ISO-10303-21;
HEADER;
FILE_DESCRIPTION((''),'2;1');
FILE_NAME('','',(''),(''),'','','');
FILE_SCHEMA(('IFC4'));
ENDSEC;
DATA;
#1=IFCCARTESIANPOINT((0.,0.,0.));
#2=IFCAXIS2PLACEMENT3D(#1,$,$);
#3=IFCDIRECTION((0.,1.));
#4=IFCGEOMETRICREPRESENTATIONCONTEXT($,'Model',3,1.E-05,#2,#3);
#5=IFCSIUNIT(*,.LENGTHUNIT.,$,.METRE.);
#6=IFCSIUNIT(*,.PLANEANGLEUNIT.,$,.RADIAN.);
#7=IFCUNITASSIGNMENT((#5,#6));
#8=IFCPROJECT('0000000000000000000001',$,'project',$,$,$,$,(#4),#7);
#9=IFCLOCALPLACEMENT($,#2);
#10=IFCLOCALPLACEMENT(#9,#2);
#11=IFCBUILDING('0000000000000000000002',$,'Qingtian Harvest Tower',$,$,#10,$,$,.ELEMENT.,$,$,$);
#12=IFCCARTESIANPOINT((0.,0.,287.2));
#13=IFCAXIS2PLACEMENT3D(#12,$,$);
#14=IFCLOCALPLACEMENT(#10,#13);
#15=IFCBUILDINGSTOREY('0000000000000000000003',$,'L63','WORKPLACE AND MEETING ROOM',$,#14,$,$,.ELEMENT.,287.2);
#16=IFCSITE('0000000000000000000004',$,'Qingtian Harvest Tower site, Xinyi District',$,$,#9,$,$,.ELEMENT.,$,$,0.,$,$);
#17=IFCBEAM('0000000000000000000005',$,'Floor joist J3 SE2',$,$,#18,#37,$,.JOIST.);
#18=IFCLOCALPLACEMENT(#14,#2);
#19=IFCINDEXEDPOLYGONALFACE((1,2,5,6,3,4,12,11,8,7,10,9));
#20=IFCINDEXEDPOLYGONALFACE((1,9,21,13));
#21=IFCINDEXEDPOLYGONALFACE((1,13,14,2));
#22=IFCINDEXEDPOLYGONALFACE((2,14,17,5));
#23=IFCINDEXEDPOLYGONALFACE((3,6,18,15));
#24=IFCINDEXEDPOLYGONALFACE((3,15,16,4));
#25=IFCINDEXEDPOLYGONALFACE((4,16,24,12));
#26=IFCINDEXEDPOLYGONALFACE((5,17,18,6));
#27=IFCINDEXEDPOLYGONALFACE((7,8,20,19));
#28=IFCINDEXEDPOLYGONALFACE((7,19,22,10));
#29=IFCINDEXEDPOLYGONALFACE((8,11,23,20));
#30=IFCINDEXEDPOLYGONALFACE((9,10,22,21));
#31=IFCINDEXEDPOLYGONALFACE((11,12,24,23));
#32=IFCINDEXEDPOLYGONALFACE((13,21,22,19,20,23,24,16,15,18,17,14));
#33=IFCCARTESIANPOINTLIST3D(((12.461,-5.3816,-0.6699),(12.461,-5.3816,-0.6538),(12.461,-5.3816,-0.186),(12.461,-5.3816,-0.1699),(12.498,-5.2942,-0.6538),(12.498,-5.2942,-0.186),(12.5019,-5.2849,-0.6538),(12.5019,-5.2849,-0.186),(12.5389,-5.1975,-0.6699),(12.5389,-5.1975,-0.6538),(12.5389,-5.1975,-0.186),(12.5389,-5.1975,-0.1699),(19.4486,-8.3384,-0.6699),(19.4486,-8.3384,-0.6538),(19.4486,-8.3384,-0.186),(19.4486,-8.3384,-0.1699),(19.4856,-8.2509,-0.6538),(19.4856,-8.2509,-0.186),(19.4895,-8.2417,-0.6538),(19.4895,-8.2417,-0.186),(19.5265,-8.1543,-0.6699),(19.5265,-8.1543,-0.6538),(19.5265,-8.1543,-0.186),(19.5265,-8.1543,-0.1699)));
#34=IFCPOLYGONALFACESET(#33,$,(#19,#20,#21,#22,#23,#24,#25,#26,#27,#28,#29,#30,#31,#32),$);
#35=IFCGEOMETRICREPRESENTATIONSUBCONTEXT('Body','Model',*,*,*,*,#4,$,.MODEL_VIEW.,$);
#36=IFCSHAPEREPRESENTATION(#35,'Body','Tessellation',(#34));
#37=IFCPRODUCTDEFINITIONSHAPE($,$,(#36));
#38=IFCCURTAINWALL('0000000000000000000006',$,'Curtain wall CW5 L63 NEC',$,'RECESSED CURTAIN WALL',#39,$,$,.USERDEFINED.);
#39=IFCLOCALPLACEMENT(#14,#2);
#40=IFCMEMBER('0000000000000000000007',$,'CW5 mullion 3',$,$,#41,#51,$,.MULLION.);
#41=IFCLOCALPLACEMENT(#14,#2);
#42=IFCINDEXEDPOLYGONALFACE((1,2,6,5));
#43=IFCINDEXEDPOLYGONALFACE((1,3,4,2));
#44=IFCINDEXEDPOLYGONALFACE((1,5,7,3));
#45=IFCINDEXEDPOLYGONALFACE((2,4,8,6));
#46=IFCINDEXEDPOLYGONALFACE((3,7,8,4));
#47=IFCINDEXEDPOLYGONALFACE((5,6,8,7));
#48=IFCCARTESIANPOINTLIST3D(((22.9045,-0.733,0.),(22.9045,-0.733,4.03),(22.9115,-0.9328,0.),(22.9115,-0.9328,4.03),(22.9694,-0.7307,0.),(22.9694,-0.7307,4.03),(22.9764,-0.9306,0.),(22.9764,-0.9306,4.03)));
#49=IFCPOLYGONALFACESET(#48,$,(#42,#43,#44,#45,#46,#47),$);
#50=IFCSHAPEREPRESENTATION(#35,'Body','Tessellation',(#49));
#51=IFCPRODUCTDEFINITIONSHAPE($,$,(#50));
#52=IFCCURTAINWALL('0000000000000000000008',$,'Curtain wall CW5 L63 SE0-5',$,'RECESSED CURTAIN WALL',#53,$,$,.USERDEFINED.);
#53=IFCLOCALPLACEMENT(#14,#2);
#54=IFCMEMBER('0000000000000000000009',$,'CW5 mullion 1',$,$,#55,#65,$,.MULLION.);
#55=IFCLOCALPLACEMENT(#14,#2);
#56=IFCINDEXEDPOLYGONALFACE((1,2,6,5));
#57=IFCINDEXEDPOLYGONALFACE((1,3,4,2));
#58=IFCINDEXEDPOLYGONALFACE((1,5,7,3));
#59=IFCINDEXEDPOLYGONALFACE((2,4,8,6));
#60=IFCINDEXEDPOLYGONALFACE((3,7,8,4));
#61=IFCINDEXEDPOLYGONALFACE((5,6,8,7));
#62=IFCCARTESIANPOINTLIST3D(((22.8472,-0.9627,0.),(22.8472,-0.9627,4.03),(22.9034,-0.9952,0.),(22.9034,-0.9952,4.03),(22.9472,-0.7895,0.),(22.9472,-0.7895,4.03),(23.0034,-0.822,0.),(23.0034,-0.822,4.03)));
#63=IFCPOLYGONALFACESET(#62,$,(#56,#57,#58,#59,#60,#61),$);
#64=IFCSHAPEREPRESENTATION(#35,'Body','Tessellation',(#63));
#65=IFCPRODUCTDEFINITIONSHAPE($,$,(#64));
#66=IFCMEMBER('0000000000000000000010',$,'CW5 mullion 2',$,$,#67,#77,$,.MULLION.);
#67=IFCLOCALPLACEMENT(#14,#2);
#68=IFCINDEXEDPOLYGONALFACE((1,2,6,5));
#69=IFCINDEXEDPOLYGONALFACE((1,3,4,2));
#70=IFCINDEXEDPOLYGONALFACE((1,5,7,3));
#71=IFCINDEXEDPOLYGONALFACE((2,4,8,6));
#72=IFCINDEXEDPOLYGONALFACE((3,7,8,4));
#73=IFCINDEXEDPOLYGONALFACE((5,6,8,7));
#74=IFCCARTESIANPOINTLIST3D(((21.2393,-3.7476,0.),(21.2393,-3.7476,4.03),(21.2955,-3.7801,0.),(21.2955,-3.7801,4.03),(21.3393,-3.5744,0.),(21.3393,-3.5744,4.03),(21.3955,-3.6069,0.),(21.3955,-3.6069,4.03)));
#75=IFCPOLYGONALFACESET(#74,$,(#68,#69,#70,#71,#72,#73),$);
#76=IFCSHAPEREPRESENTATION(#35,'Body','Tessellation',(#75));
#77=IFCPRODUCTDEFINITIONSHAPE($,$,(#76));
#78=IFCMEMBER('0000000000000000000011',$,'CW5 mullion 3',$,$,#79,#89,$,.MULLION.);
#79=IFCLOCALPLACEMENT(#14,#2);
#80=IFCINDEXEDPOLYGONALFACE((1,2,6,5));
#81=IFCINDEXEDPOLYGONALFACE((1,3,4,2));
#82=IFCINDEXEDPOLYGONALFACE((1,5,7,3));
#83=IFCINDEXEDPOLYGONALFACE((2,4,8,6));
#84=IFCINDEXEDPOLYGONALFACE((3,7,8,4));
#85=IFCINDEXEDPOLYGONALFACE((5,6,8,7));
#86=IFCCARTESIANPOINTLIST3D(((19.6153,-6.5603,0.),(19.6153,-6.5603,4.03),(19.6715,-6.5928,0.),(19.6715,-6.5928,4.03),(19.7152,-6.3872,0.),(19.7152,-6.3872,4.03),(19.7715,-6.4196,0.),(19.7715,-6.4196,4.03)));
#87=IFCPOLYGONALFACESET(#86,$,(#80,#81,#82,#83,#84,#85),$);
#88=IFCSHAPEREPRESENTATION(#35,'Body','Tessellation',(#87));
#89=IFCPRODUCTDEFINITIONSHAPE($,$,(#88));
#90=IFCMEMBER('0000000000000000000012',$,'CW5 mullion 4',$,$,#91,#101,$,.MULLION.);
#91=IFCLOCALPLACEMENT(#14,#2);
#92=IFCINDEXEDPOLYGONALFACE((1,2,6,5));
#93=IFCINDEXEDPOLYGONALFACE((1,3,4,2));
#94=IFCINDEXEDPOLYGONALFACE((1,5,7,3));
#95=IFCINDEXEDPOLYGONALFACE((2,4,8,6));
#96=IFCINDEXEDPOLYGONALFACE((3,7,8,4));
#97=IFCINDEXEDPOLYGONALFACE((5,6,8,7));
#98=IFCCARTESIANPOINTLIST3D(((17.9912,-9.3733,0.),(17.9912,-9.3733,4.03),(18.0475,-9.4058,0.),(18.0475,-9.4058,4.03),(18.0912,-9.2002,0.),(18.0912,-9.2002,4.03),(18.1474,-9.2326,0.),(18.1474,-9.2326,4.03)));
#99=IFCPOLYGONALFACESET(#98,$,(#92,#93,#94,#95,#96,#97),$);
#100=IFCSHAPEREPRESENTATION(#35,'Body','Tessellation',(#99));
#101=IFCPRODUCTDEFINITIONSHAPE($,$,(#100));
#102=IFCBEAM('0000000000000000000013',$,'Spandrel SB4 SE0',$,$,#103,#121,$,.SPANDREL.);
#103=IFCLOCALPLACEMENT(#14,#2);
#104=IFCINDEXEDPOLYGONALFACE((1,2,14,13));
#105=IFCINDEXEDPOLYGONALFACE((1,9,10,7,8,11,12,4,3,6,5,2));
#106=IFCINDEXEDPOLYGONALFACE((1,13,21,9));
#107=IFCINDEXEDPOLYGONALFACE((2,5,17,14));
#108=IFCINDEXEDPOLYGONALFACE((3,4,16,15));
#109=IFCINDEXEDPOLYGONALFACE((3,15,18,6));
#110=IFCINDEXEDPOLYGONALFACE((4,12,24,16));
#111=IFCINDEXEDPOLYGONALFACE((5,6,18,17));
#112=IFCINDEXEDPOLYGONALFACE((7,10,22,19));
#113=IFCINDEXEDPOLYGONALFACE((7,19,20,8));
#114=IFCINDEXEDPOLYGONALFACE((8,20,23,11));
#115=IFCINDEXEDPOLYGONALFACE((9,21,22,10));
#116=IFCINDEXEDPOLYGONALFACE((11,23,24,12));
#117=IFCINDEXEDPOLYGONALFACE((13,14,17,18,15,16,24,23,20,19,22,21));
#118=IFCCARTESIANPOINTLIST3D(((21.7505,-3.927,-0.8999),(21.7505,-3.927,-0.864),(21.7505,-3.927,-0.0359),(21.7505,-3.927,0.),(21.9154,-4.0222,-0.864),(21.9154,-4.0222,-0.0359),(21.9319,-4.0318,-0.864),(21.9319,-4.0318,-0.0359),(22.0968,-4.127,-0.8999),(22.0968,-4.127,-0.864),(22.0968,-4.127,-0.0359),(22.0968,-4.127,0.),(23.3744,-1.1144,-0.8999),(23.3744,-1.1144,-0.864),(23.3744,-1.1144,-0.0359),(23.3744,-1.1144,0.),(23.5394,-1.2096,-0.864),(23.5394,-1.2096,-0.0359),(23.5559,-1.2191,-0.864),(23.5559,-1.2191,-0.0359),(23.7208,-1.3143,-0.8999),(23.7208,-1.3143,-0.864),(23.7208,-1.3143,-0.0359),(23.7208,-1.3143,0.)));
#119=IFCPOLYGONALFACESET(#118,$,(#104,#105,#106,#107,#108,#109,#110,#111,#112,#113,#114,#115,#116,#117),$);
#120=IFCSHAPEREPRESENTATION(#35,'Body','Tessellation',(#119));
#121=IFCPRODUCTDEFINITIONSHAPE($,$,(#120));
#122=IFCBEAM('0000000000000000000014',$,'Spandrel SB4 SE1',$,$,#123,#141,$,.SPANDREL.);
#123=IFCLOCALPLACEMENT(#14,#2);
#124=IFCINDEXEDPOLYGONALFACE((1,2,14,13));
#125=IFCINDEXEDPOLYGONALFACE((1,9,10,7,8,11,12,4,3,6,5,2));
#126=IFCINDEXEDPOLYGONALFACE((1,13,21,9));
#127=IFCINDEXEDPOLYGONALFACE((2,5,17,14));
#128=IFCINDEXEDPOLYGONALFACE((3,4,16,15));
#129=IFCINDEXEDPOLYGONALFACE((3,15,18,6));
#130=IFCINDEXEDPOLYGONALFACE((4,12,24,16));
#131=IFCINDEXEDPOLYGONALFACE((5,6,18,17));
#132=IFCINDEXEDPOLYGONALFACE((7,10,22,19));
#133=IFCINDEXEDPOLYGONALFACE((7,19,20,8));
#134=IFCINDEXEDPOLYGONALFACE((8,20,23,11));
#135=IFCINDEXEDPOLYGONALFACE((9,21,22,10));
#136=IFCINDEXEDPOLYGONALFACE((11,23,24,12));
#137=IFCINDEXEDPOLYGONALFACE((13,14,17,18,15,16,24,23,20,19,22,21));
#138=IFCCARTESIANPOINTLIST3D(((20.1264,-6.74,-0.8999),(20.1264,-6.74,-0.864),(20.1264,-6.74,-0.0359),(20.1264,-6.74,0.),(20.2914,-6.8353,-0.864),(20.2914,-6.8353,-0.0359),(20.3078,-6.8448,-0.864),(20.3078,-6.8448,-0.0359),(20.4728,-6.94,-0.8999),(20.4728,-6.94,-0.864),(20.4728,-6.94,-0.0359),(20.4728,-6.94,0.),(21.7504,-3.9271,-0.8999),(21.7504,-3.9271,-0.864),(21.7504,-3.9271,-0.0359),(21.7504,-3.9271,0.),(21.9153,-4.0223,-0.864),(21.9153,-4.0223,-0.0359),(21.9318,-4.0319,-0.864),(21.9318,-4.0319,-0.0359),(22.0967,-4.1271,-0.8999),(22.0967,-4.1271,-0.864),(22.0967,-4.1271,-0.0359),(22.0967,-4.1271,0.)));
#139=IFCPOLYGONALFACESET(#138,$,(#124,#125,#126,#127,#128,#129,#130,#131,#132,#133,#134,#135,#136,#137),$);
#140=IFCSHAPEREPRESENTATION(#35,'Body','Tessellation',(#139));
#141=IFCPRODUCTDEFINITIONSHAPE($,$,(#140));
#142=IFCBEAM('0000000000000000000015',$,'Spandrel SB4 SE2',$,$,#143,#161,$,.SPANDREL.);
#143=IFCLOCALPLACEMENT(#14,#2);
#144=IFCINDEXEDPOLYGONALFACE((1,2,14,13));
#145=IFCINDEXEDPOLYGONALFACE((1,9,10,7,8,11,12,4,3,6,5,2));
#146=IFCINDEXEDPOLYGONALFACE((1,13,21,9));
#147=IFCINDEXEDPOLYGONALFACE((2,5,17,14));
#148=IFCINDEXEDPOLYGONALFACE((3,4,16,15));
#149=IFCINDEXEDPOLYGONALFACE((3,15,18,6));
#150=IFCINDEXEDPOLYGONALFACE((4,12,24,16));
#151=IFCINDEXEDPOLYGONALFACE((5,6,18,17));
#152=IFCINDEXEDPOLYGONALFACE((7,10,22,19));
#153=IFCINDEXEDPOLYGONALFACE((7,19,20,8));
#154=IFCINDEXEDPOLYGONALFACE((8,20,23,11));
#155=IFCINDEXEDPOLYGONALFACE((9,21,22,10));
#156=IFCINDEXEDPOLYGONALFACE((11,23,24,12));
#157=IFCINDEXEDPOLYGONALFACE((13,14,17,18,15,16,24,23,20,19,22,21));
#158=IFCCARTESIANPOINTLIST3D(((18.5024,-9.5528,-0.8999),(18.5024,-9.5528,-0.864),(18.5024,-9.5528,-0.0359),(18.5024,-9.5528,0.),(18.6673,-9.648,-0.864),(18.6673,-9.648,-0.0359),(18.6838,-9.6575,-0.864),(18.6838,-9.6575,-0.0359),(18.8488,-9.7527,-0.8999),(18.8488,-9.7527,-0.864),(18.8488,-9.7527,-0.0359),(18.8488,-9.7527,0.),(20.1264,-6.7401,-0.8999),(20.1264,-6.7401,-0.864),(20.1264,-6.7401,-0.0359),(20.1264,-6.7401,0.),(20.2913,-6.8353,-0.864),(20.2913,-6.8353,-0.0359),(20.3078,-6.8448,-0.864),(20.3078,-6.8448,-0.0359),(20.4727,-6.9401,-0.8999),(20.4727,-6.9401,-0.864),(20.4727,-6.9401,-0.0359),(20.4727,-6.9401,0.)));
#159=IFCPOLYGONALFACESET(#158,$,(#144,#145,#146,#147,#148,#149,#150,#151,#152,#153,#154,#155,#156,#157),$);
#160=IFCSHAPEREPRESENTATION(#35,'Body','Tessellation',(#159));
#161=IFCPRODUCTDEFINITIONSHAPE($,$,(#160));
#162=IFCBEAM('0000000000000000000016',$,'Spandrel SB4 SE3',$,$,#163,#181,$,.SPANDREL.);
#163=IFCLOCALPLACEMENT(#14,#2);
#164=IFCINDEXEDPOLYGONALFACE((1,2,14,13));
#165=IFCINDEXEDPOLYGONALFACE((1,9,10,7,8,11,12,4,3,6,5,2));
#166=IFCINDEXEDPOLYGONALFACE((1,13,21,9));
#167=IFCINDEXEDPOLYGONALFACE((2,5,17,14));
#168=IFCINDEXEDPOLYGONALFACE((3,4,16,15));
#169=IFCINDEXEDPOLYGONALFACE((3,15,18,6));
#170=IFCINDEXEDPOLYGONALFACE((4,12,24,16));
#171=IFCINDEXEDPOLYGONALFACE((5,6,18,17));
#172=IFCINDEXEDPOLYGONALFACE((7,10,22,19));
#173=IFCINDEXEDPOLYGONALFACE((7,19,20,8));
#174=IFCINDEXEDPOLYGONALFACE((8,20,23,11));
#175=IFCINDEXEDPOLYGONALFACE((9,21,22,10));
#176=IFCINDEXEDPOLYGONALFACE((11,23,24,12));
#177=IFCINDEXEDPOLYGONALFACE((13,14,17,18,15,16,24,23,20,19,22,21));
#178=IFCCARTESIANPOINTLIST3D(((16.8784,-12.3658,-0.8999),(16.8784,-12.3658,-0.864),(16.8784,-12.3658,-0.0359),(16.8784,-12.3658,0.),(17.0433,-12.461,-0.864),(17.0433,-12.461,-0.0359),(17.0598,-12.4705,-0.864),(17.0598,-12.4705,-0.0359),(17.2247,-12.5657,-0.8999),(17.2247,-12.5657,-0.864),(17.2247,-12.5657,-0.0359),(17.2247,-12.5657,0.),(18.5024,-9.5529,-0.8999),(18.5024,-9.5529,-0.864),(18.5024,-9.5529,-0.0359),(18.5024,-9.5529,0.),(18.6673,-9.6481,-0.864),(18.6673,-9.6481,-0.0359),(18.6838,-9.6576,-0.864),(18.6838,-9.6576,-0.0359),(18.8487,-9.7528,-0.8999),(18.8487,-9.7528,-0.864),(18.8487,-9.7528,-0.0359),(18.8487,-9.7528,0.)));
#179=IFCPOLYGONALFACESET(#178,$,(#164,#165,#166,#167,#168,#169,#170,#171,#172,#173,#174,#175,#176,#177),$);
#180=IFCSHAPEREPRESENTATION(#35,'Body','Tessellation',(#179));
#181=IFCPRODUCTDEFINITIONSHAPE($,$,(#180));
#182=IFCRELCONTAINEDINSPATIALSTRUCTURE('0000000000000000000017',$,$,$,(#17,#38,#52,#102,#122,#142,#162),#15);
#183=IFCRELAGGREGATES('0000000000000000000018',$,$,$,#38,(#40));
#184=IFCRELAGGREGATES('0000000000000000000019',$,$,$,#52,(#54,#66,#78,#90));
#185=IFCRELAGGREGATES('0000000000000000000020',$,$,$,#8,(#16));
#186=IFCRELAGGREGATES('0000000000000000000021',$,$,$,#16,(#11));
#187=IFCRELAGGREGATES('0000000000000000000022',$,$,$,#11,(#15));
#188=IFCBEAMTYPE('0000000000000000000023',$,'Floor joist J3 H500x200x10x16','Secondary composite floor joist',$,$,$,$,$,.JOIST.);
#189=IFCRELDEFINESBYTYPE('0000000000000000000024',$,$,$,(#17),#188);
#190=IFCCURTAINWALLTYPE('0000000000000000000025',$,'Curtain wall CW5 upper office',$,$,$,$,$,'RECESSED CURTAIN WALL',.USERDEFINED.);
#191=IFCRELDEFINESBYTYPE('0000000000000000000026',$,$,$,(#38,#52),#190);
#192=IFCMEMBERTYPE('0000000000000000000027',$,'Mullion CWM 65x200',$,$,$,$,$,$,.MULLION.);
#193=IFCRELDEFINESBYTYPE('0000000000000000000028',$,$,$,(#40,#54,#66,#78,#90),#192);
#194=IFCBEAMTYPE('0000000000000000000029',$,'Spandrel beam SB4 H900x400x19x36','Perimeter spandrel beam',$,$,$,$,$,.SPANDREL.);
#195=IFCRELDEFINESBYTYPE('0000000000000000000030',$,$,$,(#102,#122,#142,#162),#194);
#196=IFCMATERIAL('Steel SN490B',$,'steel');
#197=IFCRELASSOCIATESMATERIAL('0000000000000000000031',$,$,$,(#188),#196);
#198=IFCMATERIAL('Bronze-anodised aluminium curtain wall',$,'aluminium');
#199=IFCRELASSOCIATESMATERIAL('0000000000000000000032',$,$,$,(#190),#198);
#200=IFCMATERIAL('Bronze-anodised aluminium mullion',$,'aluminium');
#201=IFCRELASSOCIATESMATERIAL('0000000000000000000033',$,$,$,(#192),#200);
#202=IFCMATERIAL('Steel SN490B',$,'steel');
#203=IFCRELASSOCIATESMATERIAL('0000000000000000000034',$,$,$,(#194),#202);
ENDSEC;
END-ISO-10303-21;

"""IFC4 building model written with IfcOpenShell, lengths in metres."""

from ifc_helpers import new_model, si_unit, direction, frame, origin, origin_2d, place, context, subcontext, project, spatial, rectangle, i_section, extrude, material, material_profile, profile_set, type_object, element, aggregate, save


model = new_model("IFC4")

# Units and contexts
model_context = context("Model", 3, precision=1e-05, world=origin(), true_north=direction((0.0, 1.0)))
body_context = subcontext(model_context, "Body", "Model", "MODEL_VIEW")
ifc_project = project(units=[si_unit("LENGTHUNIT", "METRE"), si_unit("PLANEANGLEUNIT", "RADIAN")], contexts=[model_context])

# Site, building, storey
site_placement = place(None, origin())
site = spatial("IfcSite", under=ifc_project, at=site_placement, Name="Qingtian Harvest Tower site, Xinyi District", CompositionType="ELEMENT", RefElevation=0.0)
building_placement = place(site_placement, origin())
building = spatial("IfcBuilding", under=site, at=building_placement, Name="Qingtian Harvest Tower", CompositionType="ELEMENT")
storey_placement = place(building_placement, frame((0.0, 0.0, 287.2)))
storey = spatial("IfcBuildingStorey", under=building, at=storey_placement, Name="L63", Description="WORKPLACE AND MEETING ROOM", CompositionType="ELEMENT", Elevation=287.2)

# Beam
ifc_material_1 = material(Name="Steel SN490B", Category="steel")
ifc_material_profile_1 = material_profile(ifc_material_1, i_section(OverallWidth=0.2, OverallDepth=0.5, WebThickness=0.01, FlangeThickness=0.0161, at=origin_2d()), Name="H500x200x10x16")
ifc_profile_set_1 = profile_set([ifc_material_profile_1], Name="Steel SN490B")
beam_type_1 = type_object("IfcBeamType", Name="Floor joist J3 H500x200x10x16", Description="Secondary composite floor joist", PredefinedType="JOIST", material=ifc_profile_set_1)
beam_1_placement = place(storey_placement, frame((19.4875, -8.2463, -0.4199), z_axis=(-0.920943, 0.389698, 0.0), x_axis=(-0.389698, -0.920943, 0.0)))
element("IfcBeam", 1, at=beam_1_placement, inside=storey, type_object=beam_type_1, Name="Floor joist J3 SE2", PredefinedType="JOIST", context=body_context, shape_type="SweptSolid", body=[
    extrude(i_section(OverallWidth=0.2, OverallDepth=0.5, WebThickness=0.01, FlangeThickness=0.0161, at=origin_2d()), origin(), (0.0, 0.0, 1.0), 7.5874),
])

# Curtain wall, member
ifc_material_2 = material(Name="Bronze-anodised aluminium curtain wall", Category="aluminium")
curtain_wall_type = type_object("IfcCurtainWallType", Name="Curtain wall CW5 upper office", ElementType="RECESSED CURTAIN WALL", PredefinedType="USERDEFINED", material=ifc_material_2)
curtain_wall_1_placement = place(storey_placement, origin())
curtain_wall_1 = element("IfcCurtainWall", 2, at=curtain_wall_1_placement, inside=storey, type_object=curtain_wall_type, Name="Curtain wall CW5 L63 NEC", ObjectType="RECESSED CURTAIN WALL", PredefinedType="USERDEFINED")
ifc_material_3 = material(Name="Bronze-anodised aluminium mullion", Category="aluminium")
ifc_material_profile_2 = material_profile(ifc_material_3, rectangle(XDim=0.0649, YDim=0.2, at=origin_2d()), Name="AL 65x200")
ifc_profile_set_2 = profile_set([ifc_material_profile_2], Name="Bronze-anodised aluminium mullion")
member_type_1 = type_object("IfcMemberType", Name="Mullion CWM 65x200", PredefinedType="MULLION", material=ifc_profile_set_2)
member_1_placement = place(storey_placement, frame((22.9404, -0.8318, 0.0), z_axis=(0.0, 0.0, 1.0), x_axis=(0.999391, 0.034899, 0.0)))
member_1 = element("IfcMember", 3, at=member_1_placement, type_object=member_type_1, Name="CW5 mullion 3", PredefinedType="MULLION", context=body_context, shape_type="SweptSolid", body=[
    extrude(rectangle(XDim=0.0649, YDim=0.2, at=origin_2d()), origin(), (0.0, 0.0, 1.0), 4.03),
])

# Curtain wall, members
curtain_wall_2_placement = place(storey_placement, origin())
curtain_wall_2 = element("IfcCurtainWall", 4, at=curtain_wall_2_placement, inside=storey, type_object=curtain_wall_type, Name="Curtain wall CW5 L63 SE0-5", ObjectType="RECESSED CURTAIN WALL", PredefinedType="USERDEFINED")
member_2_placement = place(storey_placement, frame((22.9253, -0.8923, 0.0), z_axis=(0.0, 0.0, 1.0), x_axis=(0.866025, -0.5, 0.0)))
member_2 = element("IfcMember", 5, at=member_2_placement, type_object=member_type_1, Name="CW5 mullion 1", PredefinedType="MULLION", context=body_context, shape_type="SweptSolid", body=[
    extrude(rectangle(XDim=0.0649, YDim=0.2, at=origin_2d()), origin(), (0.0, 0.0, 1.0), 4.03),
])
member_3_placement = place(storey_placement, frame((21.3174, -3.6772, 0.0), z_axis=(0.0, 0.0, 1.0), x_axis=(0.866025, -0.5, 0.0)))
member_3 = element("IfcMember", 6, at=member_3_placement, type_object=member_type_1, Name="CW5 mullion 2", PredefinedType="MULLION", context=body_context, shape_type="SweptSolid", body=[
    extrude(rectangle(XDim=0.0649, YDim=0.2, at=origin_2d()), origin(), (0.0, 0.0, 1.0), 4.03),
])
member_4_placement = place(storey_placement, frame((19.6934, -6.49, 0.0), z_axis=(0.0, 0.0, 1.0), x_axis=(0.866025, -0.5, 0.0)))
member_4 = element("IfcMember", 7, at=member_4_placement, type_object=member_type_1, Name="CW5 mullion 3", PredefinedType="MULLION", context=body_context, shape_type="SweptSolid", body=[
    extrude(rectangle(XDim=0.0649, YDim=0.2, at=origin_2d()), origin(), (0.0, 0.0, 1.0), 4.03),
])
member_5_placement = place(storey_placement, frame((18.0693, -9.303, 0.0), z_axis=(0.0, 0.0, 1.0), x_axis=(0.866025, -0.5, 0.0)))
member_5 = element("IfcMember", 8, at=member_5_placement, type_object=member_type_1, Name="CW5 mullion 4", PredefinedType="MULLION", context=body_context, shape_type="SweptSolid", body=[
    extrude(rectangle(XDim=0.0649, YDim=0.2, at=origin_2d()), origin(), (0.0, 0.0, 1.0), 4.03),
])

# Beams
ifc_material_4 = material(Name="Steel SN490B", Category="steel")
ifc_material_profile_3 = material_profile(ifc_material_4, i_section(OverallWidth=0.3999, OverallDepth=0.8999, WebThickness=0.019, FlangeThickness=0.0359, at=origin_2d()), Name="H900x400x19x36")
ifc_profile_set_3 = profile_set([ifc_material_profile_3], Name="Steel SN490B")
beam_type_2 = type_object("IfcBeamType", Name="Spandrel beam SB4 H900x400x19x36", Description="Perimeter spandrel beam", PredefinedType="SPANDREL", material=ifc_profile_set_3)
beam_2_placement = place(storey_placement, frame((23.5476, -1.2144, -0.45), z_axis=(-0.50002, -0.866014, 0.0), x_axis=(0.866014, -0.50002, 0.0)))
element("IfcBeam", 9, at=beam_2_placement, inside=storey, type_object=beam_type_2, Name="Spandrel SB4 SE0", PredefinedType="SPANDREL", context=body_context, shape_type="SweptSolid", body=[
    extrude(i_section(OverallWidth=0.3999, OverallDepth=0.8999, WebThickness=0.019, FlangeThickness=0.0359, at=origin_2d()), origin(), (0.0, 0.0, 1.0), 3.2478),
])
beam_3_placement = place(storey_placement, frame((21.9236, -4.0271, -0.45), z_axis=(-0.499987, -0.866033, 0.0), x_axis=(0.866033, -0.499987, 0.0)))
element("IfcBeam", 10, at=beam_3_placement, inside=storey, type_object=beam_type_2, Name="Spandrel SB4 SE1", PredefinedType="SPANDREL", context=body_context, shape_type="SweptSolid", body=[
    extrude(i_section(OverallWidth=0.3999, OverallDepth=0.8999, WebThickness=0.019, FlangeThickness=0.0359, at=origin_2d()), origin(), (0.0, 0.0, 1.0), 3.248),
])
beam_4_placement = place(storey_placement, frame((20.2996, -6.8401, -0.45), z_axis=(-0.50002, -0.866014, 0.0), x_axis=(0.866014, -0.50002, 0.0)))
element("IfcBeam", 11, at=beam_4_placement, inside=storey, type_object=beam_type_2, Name="Spandrel SB4 SE2", PredefinedType="SPANDREL", context=body_context, shape_type="SweptSolid", body=[
    extrude(i_section(OverallWidth=0.3999, OverallDepth=0.8999, WebThickness=0.019, FlangeThickness=0.0359, at=origin_2d()), origin(), (0.0, 0.0, 1.0), 3.2478),
])
beam_5_placement = place(storey_placement, frame((18.6755, -9.6528, -0.45), z_axis=(-0.499987, -0.866033, 0.0), x_axis=(0.866033, -0.499987, 0.0)))
element("IfcBeam", 12, at=beam_5_placement, inside=storey, type_object=beam_type_2, Name="Spandrel SB4 SE3", PredefinedType="SPANDREL", context=body_context, shape_type="SweptSolid", body=[
    extrude(i_section(OverallWidth=0.3999, OverallDepth=0.8999, WebThickness=0.019, FlangeThickness=0.0359, at=origin_2d()), origin(), (0.0, 0.0, 1.0), 3.248),
])

aggregate(curtain_wall_1, [member_1])
aggregate(curtain_wall_2, [member_2, member_3, member_4, member_5])

save(model, "model.ifc")
